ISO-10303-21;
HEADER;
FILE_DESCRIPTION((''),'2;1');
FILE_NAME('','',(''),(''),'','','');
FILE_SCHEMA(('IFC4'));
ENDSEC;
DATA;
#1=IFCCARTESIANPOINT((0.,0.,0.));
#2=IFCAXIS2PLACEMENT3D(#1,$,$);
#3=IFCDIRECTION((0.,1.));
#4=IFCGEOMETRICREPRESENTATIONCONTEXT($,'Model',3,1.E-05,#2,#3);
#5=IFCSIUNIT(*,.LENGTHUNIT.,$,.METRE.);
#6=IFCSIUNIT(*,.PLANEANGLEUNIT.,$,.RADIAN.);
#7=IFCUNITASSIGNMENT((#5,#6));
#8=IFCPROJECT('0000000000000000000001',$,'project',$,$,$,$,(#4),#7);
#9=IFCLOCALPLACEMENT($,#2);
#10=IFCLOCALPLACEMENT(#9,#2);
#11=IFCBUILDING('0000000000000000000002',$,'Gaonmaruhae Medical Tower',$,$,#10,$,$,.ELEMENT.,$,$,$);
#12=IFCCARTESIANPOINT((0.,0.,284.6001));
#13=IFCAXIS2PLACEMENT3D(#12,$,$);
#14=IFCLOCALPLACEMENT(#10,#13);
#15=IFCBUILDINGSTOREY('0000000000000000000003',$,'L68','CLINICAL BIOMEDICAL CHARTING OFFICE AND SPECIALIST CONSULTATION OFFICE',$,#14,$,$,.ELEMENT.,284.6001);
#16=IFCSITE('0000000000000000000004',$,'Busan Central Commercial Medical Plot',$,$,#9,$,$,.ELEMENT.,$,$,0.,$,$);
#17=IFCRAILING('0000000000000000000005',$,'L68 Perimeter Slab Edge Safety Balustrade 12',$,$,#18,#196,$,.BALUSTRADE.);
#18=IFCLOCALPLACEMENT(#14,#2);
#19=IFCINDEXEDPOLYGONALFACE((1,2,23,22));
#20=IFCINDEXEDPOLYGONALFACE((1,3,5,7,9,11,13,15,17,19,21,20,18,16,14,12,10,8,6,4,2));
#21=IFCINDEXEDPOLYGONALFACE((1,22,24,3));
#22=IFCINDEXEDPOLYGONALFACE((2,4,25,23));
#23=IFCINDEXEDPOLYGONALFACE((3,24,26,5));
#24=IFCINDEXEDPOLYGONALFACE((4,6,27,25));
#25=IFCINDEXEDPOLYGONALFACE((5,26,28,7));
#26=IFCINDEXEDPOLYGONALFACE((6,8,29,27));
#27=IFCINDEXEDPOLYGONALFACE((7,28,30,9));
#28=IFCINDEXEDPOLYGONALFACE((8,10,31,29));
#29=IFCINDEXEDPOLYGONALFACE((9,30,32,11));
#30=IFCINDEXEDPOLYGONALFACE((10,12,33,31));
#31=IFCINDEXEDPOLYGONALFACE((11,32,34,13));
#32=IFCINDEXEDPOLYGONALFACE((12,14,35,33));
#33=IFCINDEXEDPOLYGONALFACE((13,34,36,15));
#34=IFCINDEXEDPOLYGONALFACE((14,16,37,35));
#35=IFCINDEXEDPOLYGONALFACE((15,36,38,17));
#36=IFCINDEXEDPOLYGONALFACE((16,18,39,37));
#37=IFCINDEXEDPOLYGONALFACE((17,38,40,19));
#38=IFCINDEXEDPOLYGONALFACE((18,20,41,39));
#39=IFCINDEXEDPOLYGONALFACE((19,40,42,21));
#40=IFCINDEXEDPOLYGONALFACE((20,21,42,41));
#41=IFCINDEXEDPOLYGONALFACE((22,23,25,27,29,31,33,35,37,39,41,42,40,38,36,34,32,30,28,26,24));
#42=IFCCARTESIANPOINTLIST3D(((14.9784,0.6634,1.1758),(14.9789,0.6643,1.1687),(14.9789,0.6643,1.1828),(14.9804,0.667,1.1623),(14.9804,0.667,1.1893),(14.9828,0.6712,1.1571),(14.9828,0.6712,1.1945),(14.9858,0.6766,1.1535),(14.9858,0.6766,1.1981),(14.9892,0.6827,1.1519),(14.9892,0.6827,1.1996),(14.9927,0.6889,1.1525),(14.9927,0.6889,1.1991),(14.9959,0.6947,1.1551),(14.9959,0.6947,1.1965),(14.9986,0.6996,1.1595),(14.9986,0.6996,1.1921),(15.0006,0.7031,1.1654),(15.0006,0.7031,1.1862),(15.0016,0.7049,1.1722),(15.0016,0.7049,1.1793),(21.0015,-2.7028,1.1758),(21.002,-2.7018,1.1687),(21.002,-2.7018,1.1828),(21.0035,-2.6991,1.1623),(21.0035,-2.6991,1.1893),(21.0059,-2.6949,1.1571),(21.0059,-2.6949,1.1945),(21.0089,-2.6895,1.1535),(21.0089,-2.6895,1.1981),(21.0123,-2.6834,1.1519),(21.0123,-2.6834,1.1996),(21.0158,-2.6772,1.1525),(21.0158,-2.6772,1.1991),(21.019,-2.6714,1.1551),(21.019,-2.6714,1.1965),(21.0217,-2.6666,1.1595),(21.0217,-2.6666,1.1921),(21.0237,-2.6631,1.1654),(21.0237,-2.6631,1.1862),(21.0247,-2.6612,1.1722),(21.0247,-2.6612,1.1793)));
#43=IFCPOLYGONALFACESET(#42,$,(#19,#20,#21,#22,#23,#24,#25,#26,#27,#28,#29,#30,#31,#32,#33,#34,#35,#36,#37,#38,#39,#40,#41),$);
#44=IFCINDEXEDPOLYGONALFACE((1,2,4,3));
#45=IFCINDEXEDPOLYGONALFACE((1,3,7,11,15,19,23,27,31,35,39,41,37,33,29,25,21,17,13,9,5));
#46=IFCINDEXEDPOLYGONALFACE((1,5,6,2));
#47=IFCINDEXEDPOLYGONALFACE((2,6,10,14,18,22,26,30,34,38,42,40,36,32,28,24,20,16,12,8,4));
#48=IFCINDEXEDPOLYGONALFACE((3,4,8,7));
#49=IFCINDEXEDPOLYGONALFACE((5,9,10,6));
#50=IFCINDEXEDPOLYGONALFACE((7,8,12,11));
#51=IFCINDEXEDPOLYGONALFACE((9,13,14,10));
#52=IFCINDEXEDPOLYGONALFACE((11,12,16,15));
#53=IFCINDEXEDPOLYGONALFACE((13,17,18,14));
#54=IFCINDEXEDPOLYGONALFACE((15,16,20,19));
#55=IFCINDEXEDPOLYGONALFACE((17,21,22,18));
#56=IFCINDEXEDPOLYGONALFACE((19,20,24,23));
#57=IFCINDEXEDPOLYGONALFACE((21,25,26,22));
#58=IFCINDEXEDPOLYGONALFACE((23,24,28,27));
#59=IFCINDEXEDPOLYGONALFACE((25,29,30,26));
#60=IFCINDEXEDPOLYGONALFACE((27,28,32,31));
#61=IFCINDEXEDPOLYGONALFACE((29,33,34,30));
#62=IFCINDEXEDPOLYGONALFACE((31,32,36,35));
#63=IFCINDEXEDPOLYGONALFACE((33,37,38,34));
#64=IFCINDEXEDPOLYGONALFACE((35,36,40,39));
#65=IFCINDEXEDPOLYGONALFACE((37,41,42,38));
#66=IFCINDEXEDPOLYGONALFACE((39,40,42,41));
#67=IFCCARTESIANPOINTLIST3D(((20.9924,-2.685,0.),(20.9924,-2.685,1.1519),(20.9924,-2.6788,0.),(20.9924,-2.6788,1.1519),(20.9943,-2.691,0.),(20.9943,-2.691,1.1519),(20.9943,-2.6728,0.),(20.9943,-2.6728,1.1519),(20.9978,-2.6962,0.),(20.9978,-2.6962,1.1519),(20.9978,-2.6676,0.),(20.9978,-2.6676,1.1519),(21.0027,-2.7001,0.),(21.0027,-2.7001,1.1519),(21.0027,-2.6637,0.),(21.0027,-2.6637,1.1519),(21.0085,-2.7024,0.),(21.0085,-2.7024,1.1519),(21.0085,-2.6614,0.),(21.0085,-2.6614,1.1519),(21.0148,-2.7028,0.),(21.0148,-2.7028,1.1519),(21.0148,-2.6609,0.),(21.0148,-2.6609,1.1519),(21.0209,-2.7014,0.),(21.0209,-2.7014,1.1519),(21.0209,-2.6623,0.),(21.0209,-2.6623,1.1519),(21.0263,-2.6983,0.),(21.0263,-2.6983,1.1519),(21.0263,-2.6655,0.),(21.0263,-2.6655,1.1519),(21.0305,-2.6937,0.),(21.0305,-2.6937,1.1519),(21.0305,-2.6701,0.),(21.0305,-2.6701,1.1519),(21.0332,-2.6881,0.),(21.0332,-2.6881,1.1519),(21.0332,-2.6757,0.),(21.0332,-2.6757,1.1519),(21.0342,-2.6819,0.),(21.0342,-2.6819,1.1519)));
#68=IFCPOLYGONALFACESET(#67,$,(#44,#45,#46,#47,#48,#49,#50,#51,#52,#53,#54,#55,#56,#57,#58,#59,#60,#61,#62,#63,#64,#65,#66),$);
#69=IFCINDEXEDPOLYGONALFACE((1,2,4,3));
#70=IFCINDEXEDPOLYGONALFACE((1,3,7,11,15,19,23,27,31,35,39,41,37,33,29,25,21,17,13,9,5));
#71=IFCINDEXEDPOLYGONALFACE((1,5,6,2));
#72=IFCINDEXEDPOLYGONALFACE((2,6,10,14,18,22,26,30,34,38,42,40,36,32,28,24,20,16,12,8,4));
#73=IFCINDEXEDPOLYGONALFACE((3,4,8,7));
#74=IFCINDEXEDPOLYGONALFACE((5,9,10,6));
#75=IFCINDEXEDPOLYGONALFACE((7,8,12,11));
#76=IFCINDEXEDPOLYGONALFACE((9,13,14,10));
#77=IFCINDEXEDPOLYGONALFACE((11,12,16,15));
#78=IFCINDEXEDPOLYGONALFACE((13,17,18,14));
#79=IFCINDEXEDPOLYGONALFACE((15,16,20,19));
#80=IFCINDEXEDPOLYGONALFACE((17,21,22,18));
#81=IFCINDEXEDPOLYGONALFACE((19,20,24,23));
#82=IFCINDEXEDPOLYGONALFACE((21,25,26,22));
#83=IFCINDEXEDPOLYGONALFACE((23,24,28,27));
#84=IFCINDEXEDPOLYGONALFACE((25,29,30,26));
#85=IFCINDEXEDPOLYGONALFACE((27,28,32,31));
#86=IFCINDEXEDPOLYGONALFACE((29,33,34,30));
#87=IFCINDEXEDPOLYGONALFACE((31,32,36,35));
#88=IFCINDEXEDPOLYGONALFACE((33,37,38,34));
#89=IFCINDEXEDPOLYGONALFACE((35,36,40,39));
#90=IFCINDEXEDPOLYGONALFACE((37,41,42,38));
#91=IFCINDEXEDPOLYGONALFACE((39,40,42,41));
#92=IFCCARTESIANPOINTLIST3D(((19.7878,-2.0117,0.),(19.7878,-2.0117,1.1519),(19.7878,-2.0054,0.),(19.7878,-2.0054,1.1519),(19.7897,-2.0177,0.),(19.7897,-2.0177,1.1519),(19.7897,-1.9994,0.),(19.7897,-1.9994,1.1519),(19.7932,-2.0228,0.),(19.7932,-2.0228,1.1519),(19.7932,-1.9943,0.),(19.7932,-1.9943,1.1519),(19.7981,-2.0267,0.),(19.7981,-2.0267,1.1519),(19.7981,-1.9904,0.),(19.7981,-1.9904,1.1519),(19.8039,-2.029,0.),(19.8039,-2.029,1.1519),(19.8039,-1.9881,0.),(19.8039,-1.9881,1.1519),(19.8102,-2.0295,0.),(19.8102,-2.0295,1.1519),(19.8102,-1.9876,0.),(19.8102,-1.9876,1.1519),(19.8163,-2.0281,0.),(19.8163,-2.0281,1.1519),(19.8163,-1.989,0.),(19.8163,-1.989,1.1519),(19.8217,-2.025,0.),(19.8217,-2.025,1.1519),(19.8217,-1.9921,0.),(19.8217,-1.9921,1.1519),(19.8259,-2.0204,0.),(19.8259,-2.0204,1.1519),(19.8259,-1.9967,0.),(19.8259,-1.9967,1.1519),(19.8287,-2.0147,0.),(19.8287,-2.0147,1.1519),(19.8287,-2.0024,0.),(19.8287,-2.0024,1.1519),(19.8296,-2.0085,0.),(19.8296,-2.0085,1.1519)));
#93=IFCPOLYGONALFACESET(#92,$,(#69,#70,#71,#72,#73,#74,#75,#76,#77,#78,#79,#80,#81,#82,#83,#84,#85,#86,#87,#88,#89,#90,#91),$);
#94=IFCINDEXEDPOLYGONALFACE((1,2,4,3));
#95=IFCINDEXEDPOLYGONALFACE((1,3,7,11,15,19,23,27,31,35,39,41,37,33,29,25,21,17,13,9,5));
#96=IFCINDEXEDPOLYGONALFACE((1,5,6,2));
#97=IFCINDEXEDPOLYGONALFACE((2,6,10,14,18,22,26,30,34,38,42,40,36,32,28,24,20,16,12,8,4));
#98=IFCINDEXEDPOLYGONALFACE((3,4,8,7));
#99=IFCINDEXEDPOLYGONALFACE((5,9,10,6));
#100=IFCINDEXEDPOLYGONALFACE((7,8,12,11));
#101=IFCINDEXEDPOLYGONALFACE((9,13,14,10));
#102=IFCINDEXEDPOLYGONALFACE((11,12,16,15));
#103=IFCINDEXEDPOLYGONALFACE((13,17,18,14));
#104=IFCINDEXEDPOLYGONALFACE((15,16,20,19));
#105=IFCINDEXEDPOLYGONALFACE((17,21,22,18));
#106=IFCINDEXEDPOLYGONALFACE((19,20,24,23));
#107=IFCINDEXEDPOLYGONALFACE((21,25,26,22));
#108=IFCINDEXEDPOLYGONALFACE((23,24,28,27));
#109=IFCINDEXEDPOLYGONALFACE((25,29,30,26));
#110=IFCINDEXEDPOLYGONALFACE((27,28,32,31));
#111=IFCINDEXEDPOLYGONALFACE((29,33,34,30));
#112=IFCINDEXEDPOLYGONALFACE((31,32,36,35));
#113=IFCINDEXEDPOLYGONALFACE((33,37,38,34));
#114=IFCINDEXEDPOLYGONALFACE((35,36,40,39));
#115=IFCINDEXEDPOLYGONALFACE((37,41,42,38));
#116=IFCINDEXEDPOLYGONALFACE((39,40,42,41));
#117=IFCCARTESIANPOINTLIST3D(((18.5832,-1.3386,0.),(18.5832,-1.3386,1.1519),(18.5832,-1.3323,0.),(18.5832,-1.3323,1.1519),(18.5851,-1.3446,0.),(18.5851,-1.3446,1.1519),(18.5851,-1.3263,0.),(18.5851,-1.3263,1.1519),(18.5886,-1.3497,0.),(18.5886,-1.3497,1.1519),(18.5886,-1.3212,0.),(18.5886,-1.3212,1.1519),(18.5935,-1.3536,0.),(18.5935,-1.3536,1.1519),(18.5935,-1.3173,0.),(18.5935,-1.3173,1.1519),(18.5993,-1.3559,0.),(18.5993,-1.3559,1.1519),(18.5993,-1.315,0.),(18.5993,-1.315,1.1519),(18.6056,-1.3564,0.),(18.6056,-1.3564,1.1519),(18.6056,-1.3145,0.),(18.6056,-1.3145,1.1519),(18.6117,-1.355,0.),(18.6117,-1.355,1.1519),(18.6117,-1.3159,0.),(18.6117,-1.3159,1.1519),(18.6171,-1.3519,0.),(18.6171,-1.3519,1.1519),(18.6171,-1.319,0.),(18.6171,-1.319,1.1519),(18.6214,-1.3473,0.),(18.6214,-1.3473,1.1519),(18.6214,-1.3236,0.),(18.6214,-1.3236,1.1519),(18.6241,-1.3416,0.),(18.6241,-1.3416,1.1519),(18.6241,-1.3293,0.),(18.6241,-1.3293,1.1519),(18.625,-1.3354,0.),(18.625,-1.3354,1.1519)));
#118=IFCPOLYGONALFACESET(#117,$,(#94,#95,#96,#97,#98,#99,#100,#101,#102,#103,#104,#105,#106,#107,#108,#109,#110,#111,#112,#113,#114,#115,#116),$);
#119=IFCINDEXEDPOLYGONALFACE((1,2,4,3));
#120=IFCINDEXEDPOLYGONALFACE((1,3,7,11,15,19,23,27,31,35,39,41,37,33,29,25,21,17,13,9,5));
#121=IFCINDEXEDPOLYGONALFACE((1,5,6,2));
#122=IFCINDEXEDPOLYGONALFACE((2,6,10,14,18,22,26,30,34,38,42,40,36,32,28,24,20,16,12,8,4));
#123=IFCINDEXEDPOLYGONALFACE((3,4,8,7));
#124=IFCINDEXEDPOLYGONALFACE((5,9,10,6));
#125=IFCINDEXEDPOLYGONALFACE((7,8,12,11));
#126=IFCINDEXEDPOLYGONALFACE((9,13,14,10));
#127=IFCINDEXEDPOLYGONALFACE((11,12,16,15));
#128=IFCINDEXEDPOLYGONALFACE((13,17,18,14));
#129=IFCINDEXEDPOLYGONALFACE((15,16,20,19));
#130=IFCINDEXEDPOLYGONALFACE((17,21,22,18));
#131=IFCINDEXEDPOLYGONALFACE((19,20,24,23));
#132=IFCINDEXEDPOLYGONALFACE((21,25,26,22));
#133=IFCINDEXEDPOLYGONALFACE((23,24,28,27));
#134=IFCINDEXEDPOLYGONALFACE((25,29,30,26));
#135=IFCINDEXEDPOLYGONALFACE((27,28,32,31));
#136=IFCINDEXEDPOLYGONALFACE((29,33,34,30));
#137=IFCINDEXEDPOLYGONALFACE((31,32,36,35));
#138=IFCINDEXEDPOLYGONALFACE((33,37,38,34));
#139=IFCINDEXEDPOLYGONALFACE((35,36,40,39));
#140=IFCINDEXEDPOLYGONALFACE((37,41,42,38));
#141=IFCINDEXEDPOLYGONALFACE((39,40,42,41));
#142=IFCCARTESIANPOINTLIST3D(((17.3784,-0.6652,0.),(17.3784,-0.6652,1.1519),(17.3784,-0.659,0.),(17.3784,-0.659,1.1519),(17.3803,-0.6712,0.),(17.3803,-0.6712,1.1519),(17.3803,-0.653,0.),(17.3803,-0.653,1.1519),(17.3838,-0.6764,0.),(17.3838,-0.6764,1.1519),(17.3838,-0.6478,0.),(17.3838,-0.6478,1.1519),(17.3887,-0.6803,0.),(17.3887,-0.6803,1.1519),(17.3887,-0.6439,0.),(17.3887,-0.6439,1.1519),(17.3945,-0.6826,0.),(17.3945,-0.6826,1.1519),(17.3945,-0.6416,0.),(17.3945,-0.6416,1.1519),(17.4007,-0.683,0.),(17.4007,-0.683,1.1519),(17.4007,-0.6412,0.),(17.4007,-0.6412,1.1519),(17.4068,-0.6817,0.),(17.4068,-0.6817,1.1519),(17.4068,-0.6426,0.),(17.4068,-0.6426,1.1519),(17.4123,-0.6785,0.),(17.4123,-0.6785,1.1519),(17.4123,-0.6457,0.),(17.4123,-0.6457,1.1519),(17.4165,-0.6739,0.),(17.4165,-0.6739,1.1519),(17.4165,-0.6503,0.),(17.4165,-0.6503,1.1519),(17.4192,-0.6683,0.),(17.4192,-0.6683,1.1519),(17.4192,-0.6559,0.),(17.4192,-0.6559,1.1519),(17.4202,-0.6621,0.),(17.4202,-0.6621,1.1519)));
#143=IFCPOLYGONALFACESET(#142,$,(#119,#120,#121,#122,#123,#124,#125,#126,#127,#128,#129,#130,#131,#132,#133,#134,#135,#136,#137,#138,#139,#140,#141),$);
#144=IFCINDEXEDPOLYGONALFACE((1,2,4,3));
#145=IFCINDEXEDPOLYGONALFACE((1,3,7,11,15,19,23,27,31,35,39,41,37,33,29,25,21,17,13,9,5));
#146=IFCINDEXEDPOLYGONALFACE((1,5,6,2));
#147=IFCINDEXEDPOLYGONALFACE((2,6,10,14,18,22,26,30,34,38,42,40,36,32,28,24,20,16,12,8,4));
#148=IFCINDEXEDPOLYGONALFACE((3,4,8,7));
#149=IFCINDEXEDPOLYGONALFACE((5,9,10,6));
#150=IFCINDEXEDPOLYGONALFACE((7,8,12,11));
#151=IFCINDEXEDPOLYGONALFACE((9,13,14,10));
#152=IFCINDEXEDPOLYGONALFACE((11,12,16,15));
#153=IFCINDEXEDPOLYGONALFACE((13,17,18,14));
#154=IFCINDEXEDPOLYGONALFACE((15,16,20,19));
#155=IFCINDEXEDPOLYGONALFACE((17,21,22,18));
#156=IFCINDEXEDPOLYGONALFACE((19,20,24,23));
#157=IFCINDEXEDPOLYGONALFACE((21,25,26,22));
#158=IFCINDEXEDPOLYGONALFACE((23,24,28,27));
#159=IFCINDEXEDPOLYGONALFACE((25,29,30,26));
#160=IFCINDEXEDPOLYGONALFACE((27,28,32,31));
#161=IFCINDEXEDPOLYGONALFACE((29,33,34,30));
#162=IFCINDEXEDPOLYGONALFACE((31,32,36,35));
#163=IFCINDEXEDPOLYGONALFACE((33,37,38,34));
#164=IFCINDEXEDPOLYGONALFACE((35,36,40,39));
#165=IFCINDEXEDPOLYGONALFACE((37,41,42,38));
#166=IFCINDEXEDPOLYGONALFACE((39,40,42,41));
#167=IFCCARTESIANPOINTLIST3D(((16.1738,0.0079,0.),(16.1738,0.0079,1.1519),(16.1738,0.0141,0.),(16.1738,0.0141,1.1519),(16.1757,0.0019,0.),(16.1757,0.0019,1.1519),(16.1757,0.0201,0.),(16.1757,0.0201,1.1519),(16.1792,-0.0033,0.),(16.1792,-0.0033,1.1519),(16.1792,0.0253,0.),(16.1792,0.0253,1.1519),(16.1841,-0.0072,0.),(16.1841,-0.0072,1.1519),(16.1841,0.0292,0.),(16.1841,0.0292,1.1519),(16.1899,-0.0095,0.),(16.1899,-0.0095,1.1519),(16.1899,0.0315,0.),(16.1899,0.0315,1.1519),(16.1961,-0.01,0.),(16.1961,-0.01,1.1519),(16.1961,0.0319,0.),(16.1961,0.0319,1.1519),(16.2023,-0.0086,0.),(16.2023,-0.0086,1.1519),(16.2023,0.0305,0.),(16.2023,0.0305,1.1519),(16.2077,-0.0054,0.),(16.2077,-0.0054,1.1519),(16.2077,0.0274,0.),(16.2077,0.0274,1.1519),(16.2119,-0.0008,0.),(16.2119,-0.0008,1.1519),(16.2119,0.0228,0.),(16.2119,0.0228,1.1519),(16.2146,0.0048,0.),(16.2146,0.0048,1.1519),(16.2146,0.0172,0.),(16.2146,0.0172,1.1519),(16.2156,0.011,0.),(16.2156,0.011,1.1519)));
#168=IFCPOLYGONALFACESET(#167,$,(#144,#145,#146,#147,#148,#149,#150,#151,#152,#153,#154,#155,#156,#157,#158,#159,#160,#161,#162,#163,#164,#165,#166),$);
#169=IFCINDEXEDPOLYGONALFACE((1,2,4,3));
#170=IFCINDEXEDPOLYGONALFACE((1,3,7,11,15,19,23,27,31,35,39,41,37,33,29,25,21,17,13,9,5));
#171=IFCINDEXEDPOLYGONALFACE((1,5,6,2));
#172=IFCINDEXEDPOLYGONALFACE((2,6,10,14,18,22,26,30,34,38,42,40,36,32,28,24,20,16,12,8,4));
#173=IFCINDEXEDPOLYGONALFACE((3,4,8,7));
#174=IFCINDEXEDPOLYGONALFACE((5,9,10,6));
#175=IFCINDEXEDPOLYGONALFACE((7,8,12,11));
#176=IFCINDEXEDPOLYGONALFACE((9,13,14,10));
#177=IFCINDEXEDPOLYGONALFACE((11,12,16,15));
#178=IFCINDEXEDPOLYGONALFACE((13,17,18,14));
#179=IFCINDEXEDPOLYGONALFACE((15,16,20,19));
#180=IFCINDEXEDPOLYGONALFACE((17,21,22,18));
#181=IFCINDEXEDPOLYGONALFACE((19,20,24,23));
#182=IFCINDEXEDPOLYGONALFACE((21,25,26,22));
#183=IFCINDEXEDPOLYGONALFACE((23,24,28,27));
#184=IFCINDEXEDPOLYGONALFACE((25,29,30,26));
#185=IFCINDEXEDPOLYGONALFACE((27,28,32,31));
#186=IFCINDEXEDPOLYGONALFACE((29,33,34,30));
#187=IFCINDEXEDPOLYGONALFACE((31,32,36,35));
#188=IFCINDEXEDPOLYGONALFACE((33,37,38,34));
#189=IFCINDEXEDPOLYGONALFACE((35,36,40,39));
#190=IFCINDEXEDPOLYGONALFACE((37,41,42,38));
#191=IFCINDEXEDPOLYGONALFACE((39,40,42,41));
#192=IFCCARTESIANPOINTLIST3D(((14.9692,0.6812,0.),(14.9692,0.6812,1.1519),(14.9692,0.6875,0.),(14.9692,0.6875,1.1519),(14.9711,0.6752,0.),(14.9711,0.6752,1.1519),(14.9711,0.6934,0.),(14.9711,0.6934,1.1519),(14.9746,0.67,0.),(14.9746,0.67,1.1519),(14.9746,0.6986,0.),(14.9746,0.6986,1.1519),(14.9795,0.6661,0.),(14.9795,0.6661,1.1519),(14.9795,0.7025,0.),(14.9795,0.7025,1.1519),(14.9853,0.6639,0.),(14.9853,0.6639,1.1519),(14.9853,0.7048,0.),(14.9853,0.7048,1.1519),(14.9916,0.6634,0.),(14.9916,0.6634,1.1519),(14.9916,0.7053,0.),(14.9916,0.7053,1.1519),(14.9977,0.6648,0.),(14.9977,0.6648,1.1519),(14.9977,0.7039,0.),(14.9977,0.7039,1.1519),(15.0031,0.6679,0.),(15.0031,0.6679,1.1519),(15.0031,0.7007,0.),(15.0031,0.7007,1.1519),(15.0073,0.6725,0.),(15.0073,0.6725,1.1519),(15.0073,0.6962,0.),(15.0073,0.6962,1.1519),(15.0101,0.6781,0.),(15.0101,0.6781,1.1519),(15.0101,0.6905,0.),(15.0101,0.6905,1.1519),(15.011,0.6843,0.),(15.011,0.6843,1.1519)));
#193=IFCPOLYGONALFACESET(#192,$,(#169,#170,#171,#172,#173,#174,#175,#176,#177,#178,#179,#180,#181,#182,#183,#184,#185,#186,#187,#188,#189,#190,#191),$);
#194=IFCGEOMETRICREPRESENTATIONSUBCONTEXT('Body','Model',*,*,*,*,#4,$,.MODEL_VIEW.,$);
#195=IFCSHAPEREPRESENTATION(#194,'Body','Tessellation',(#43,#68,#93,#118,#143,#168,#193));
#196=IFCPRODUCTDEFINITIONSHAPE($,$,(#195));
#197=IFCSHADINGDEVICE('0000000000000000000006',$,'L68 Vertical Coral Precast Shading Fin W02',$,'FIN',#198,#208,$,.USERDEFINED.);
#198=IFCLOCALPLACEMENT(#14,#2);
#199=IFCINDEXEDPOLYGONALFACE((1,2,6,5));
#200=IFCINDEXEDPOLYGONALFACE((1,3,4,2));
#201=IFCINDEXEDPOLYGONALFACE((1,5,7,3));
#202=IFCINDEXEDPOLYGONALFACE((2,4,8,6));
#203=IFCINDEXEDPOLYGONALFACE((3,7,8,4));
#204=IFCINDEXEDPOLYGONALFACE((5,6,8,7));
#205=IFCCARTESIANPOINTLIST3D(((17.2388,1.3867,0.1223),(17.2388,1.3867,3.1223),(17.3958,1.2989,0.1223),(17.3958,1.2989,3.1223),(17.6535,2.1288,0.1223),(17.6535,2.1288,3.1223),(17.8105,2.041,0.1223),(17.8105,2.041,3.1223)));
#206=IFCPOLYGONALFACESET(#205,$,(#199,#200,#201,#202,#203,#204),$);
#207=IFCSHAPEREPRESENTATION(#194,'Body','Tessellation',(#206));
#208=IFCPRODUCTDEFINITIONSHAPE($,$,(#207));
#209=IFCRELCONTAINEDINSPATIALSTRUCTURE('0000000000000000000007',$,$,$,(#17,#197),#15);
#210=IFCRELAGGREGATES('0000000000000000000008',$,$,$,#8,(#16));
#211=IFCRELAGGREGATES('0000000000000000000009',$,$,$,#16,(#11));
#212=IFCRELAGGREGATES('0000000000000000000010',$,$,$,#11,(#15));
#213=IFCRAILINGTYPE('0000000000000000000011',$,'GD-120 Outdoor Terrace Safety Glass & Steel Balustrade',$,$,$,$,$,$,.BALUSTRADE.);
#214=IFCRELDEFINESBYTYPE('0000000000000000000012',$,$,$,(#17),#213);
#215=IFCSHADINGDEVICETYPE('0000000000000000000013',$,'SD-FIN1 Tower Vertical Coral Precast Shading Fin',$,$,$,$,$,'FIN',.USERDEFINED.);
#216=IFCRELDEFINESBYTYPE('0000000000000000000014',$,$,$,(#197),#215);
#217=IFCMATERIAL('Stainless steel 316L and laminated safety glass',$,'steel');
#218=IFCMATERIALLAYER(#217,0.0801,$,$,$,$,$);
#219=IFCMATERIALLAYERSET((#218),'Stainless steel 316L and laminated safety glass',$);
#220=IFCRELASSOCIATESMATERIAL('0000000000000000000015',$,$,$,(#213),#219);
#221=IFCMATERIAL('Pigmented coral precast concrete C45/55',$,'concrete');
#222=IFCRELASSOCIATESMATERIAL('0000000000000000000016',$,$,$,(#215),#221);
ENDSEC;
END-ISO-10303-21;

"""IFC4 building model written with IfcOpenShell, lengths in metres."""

from ifc_helpers import new_model, si_unit, direction, frame, origin, origin_2d, place, context, subcontext, project, spatial, rectangle, circle, extrude, material, layer, layer_set, type_object, element, save


model = new_model("IFC4")

# Units and contexts
model_context = context("Model", 3, precision=1e-05, world=origin(), true_north=direction((0.0, 1.0)))
body_context = subcontext(model_context, "Body", "Model", "MODEL_VIEW")
ifc_project = project(units=[si_unit("LENGTHUNIT", "METRE"), si_unit("PLANEANGLEUNIT", "RADIAN")], contexts=[model_context])

# Site, building, storey
site_placement = place(None, origin())
site = spatial("IfcSite", under=ifc_project, at=site_placement, Name="Busan Central Commercial Medical Plot", CompositionType="ELEMENT", RefElevation=0.0)
building_placement = place(site_placement, origin())
building = spatial("IfcBuilding", under=site, at=building_placement, Name="Gaonmaruhae Medical Tower", CompositionType="ELEMENT")
storey_placement = place(building_placement, frame((0.0, 0.0, 284.6001)))
storey = spatial("IfcBuildingStorey", under=building, at=storey_placement, Name="L68", Description="CLINICAL BIOMEDICAL CHARTING OFFICE AND SPECIALIST CONSULTATION OFFICE", CompositionType="ELEMENT", Elevation=284.6001)

# Railing
ifc_material_1 = material(Name="Stainless steel 316L and laminated safety glass", Category="steel")
ifc_layer_1 = layer(ifc_material_1, 0.0801)
ifc_layer_set_1 = layer_set([ifc_layer_1], Name="Stainless steel 316L and laminated safety glass")
railing_type = type_object("IfcRailingType", Name="GD-120 Outdoor Terrace Safety Glass & Steel Balustrade", PredefinedType="BALUSTRADE", material=ifc_layer_set_1)
railing_1_placement = place(storey_placement, frame((21.0132, -2.6819, 0.0)))
element("IfcRailing", 1, at=railing_1_placement, inside=storey, type_object=railing_type, Name="L68 Perimeter Slab Edge Safety Balustrade 12", PredefinedType="BALUSTRADE", context=body_context, shape_type="SweptSolid", body=[
    extrude(circle(Radius=0.0239, at=origin_2d()), frame((0.0, 0.0, 1.1758), z_axis=(-0.872924, 0.487855, 0.0), x_axis=(-0.487855, -0.872924, 0.0)), (0.0, 0.0, 1.0), 6.8999),
    extrude(circle(Radius=0.021, at=origin_2d()), origin(), (0.0, 0.0, 1.0), 1.1519),
    extrude(circle(Radius=0.021, at=origin_2d()), frame((-1.2046, 0.6733, 0.0)), (0.0, 0.0, 1.0), 1.1519),
    extrude(circle(Radius=0.021, at=origin_2d()), frame((-2.4092, 1.3464, 0.0)), (0.0, 0.0, 1.0), 1.1519),
    extrude(circle(Radius=0.021, at=origin_2d()), frame((-3.614, 2.0198, 0.0)), (0.0, 0.0, 1.0), 1.1519),
    extrude(circle(Radius=0.021, at=origin_2d()), frame((-4.8186, 2.6929, 0.0)), (0.0, 0.0, 1.0), 1.1519),
    extrude(circle(Radius=0.021, at=origin_2d()), frame((-6.0232, 3.3662, 0.0)), (0.0, 0.0, 1.0), 1.1519),
])

# Shading device
ifc_material_2 = material(Name="Pigmented coral precast concrete C45/55", Category="concrete")
shading_device_type = type_object("IfcShadingDeviceType", Name="SD-FIN1 Tower Vertical Coral Precast Shading Fin", ElementType="FIN", PredefinedType="USERDEFINED", material=ifc_material_2)
for number, where, z_axis, x_axis, name in (
    (2, (17.5247, 1.7139, 0.1223), (0.0, 0.0, 1.0), (-0.872931, 0.487844, 0.0), "L68 Vertical Coral Precast Shading Fin W02"),
):
    element("IfcShadingDevice", number, at=place(storey_placement, frame(where, z_axis=z_axis, x_axis=x_axis)), inside=storey, type_object=shading_device_type, Name=name, ObjectType="FIN", PredefinedType="USERDEFINED", context=body_context, shape_type="SweptSolid", body=[
        extrude(rectangle(XDim=0.1799, YDim=0.8501, at=origin_2d()), origin(), (0.0, 0.0, 1.0), 3.0),
    ])

save(model, "model.ifc")
